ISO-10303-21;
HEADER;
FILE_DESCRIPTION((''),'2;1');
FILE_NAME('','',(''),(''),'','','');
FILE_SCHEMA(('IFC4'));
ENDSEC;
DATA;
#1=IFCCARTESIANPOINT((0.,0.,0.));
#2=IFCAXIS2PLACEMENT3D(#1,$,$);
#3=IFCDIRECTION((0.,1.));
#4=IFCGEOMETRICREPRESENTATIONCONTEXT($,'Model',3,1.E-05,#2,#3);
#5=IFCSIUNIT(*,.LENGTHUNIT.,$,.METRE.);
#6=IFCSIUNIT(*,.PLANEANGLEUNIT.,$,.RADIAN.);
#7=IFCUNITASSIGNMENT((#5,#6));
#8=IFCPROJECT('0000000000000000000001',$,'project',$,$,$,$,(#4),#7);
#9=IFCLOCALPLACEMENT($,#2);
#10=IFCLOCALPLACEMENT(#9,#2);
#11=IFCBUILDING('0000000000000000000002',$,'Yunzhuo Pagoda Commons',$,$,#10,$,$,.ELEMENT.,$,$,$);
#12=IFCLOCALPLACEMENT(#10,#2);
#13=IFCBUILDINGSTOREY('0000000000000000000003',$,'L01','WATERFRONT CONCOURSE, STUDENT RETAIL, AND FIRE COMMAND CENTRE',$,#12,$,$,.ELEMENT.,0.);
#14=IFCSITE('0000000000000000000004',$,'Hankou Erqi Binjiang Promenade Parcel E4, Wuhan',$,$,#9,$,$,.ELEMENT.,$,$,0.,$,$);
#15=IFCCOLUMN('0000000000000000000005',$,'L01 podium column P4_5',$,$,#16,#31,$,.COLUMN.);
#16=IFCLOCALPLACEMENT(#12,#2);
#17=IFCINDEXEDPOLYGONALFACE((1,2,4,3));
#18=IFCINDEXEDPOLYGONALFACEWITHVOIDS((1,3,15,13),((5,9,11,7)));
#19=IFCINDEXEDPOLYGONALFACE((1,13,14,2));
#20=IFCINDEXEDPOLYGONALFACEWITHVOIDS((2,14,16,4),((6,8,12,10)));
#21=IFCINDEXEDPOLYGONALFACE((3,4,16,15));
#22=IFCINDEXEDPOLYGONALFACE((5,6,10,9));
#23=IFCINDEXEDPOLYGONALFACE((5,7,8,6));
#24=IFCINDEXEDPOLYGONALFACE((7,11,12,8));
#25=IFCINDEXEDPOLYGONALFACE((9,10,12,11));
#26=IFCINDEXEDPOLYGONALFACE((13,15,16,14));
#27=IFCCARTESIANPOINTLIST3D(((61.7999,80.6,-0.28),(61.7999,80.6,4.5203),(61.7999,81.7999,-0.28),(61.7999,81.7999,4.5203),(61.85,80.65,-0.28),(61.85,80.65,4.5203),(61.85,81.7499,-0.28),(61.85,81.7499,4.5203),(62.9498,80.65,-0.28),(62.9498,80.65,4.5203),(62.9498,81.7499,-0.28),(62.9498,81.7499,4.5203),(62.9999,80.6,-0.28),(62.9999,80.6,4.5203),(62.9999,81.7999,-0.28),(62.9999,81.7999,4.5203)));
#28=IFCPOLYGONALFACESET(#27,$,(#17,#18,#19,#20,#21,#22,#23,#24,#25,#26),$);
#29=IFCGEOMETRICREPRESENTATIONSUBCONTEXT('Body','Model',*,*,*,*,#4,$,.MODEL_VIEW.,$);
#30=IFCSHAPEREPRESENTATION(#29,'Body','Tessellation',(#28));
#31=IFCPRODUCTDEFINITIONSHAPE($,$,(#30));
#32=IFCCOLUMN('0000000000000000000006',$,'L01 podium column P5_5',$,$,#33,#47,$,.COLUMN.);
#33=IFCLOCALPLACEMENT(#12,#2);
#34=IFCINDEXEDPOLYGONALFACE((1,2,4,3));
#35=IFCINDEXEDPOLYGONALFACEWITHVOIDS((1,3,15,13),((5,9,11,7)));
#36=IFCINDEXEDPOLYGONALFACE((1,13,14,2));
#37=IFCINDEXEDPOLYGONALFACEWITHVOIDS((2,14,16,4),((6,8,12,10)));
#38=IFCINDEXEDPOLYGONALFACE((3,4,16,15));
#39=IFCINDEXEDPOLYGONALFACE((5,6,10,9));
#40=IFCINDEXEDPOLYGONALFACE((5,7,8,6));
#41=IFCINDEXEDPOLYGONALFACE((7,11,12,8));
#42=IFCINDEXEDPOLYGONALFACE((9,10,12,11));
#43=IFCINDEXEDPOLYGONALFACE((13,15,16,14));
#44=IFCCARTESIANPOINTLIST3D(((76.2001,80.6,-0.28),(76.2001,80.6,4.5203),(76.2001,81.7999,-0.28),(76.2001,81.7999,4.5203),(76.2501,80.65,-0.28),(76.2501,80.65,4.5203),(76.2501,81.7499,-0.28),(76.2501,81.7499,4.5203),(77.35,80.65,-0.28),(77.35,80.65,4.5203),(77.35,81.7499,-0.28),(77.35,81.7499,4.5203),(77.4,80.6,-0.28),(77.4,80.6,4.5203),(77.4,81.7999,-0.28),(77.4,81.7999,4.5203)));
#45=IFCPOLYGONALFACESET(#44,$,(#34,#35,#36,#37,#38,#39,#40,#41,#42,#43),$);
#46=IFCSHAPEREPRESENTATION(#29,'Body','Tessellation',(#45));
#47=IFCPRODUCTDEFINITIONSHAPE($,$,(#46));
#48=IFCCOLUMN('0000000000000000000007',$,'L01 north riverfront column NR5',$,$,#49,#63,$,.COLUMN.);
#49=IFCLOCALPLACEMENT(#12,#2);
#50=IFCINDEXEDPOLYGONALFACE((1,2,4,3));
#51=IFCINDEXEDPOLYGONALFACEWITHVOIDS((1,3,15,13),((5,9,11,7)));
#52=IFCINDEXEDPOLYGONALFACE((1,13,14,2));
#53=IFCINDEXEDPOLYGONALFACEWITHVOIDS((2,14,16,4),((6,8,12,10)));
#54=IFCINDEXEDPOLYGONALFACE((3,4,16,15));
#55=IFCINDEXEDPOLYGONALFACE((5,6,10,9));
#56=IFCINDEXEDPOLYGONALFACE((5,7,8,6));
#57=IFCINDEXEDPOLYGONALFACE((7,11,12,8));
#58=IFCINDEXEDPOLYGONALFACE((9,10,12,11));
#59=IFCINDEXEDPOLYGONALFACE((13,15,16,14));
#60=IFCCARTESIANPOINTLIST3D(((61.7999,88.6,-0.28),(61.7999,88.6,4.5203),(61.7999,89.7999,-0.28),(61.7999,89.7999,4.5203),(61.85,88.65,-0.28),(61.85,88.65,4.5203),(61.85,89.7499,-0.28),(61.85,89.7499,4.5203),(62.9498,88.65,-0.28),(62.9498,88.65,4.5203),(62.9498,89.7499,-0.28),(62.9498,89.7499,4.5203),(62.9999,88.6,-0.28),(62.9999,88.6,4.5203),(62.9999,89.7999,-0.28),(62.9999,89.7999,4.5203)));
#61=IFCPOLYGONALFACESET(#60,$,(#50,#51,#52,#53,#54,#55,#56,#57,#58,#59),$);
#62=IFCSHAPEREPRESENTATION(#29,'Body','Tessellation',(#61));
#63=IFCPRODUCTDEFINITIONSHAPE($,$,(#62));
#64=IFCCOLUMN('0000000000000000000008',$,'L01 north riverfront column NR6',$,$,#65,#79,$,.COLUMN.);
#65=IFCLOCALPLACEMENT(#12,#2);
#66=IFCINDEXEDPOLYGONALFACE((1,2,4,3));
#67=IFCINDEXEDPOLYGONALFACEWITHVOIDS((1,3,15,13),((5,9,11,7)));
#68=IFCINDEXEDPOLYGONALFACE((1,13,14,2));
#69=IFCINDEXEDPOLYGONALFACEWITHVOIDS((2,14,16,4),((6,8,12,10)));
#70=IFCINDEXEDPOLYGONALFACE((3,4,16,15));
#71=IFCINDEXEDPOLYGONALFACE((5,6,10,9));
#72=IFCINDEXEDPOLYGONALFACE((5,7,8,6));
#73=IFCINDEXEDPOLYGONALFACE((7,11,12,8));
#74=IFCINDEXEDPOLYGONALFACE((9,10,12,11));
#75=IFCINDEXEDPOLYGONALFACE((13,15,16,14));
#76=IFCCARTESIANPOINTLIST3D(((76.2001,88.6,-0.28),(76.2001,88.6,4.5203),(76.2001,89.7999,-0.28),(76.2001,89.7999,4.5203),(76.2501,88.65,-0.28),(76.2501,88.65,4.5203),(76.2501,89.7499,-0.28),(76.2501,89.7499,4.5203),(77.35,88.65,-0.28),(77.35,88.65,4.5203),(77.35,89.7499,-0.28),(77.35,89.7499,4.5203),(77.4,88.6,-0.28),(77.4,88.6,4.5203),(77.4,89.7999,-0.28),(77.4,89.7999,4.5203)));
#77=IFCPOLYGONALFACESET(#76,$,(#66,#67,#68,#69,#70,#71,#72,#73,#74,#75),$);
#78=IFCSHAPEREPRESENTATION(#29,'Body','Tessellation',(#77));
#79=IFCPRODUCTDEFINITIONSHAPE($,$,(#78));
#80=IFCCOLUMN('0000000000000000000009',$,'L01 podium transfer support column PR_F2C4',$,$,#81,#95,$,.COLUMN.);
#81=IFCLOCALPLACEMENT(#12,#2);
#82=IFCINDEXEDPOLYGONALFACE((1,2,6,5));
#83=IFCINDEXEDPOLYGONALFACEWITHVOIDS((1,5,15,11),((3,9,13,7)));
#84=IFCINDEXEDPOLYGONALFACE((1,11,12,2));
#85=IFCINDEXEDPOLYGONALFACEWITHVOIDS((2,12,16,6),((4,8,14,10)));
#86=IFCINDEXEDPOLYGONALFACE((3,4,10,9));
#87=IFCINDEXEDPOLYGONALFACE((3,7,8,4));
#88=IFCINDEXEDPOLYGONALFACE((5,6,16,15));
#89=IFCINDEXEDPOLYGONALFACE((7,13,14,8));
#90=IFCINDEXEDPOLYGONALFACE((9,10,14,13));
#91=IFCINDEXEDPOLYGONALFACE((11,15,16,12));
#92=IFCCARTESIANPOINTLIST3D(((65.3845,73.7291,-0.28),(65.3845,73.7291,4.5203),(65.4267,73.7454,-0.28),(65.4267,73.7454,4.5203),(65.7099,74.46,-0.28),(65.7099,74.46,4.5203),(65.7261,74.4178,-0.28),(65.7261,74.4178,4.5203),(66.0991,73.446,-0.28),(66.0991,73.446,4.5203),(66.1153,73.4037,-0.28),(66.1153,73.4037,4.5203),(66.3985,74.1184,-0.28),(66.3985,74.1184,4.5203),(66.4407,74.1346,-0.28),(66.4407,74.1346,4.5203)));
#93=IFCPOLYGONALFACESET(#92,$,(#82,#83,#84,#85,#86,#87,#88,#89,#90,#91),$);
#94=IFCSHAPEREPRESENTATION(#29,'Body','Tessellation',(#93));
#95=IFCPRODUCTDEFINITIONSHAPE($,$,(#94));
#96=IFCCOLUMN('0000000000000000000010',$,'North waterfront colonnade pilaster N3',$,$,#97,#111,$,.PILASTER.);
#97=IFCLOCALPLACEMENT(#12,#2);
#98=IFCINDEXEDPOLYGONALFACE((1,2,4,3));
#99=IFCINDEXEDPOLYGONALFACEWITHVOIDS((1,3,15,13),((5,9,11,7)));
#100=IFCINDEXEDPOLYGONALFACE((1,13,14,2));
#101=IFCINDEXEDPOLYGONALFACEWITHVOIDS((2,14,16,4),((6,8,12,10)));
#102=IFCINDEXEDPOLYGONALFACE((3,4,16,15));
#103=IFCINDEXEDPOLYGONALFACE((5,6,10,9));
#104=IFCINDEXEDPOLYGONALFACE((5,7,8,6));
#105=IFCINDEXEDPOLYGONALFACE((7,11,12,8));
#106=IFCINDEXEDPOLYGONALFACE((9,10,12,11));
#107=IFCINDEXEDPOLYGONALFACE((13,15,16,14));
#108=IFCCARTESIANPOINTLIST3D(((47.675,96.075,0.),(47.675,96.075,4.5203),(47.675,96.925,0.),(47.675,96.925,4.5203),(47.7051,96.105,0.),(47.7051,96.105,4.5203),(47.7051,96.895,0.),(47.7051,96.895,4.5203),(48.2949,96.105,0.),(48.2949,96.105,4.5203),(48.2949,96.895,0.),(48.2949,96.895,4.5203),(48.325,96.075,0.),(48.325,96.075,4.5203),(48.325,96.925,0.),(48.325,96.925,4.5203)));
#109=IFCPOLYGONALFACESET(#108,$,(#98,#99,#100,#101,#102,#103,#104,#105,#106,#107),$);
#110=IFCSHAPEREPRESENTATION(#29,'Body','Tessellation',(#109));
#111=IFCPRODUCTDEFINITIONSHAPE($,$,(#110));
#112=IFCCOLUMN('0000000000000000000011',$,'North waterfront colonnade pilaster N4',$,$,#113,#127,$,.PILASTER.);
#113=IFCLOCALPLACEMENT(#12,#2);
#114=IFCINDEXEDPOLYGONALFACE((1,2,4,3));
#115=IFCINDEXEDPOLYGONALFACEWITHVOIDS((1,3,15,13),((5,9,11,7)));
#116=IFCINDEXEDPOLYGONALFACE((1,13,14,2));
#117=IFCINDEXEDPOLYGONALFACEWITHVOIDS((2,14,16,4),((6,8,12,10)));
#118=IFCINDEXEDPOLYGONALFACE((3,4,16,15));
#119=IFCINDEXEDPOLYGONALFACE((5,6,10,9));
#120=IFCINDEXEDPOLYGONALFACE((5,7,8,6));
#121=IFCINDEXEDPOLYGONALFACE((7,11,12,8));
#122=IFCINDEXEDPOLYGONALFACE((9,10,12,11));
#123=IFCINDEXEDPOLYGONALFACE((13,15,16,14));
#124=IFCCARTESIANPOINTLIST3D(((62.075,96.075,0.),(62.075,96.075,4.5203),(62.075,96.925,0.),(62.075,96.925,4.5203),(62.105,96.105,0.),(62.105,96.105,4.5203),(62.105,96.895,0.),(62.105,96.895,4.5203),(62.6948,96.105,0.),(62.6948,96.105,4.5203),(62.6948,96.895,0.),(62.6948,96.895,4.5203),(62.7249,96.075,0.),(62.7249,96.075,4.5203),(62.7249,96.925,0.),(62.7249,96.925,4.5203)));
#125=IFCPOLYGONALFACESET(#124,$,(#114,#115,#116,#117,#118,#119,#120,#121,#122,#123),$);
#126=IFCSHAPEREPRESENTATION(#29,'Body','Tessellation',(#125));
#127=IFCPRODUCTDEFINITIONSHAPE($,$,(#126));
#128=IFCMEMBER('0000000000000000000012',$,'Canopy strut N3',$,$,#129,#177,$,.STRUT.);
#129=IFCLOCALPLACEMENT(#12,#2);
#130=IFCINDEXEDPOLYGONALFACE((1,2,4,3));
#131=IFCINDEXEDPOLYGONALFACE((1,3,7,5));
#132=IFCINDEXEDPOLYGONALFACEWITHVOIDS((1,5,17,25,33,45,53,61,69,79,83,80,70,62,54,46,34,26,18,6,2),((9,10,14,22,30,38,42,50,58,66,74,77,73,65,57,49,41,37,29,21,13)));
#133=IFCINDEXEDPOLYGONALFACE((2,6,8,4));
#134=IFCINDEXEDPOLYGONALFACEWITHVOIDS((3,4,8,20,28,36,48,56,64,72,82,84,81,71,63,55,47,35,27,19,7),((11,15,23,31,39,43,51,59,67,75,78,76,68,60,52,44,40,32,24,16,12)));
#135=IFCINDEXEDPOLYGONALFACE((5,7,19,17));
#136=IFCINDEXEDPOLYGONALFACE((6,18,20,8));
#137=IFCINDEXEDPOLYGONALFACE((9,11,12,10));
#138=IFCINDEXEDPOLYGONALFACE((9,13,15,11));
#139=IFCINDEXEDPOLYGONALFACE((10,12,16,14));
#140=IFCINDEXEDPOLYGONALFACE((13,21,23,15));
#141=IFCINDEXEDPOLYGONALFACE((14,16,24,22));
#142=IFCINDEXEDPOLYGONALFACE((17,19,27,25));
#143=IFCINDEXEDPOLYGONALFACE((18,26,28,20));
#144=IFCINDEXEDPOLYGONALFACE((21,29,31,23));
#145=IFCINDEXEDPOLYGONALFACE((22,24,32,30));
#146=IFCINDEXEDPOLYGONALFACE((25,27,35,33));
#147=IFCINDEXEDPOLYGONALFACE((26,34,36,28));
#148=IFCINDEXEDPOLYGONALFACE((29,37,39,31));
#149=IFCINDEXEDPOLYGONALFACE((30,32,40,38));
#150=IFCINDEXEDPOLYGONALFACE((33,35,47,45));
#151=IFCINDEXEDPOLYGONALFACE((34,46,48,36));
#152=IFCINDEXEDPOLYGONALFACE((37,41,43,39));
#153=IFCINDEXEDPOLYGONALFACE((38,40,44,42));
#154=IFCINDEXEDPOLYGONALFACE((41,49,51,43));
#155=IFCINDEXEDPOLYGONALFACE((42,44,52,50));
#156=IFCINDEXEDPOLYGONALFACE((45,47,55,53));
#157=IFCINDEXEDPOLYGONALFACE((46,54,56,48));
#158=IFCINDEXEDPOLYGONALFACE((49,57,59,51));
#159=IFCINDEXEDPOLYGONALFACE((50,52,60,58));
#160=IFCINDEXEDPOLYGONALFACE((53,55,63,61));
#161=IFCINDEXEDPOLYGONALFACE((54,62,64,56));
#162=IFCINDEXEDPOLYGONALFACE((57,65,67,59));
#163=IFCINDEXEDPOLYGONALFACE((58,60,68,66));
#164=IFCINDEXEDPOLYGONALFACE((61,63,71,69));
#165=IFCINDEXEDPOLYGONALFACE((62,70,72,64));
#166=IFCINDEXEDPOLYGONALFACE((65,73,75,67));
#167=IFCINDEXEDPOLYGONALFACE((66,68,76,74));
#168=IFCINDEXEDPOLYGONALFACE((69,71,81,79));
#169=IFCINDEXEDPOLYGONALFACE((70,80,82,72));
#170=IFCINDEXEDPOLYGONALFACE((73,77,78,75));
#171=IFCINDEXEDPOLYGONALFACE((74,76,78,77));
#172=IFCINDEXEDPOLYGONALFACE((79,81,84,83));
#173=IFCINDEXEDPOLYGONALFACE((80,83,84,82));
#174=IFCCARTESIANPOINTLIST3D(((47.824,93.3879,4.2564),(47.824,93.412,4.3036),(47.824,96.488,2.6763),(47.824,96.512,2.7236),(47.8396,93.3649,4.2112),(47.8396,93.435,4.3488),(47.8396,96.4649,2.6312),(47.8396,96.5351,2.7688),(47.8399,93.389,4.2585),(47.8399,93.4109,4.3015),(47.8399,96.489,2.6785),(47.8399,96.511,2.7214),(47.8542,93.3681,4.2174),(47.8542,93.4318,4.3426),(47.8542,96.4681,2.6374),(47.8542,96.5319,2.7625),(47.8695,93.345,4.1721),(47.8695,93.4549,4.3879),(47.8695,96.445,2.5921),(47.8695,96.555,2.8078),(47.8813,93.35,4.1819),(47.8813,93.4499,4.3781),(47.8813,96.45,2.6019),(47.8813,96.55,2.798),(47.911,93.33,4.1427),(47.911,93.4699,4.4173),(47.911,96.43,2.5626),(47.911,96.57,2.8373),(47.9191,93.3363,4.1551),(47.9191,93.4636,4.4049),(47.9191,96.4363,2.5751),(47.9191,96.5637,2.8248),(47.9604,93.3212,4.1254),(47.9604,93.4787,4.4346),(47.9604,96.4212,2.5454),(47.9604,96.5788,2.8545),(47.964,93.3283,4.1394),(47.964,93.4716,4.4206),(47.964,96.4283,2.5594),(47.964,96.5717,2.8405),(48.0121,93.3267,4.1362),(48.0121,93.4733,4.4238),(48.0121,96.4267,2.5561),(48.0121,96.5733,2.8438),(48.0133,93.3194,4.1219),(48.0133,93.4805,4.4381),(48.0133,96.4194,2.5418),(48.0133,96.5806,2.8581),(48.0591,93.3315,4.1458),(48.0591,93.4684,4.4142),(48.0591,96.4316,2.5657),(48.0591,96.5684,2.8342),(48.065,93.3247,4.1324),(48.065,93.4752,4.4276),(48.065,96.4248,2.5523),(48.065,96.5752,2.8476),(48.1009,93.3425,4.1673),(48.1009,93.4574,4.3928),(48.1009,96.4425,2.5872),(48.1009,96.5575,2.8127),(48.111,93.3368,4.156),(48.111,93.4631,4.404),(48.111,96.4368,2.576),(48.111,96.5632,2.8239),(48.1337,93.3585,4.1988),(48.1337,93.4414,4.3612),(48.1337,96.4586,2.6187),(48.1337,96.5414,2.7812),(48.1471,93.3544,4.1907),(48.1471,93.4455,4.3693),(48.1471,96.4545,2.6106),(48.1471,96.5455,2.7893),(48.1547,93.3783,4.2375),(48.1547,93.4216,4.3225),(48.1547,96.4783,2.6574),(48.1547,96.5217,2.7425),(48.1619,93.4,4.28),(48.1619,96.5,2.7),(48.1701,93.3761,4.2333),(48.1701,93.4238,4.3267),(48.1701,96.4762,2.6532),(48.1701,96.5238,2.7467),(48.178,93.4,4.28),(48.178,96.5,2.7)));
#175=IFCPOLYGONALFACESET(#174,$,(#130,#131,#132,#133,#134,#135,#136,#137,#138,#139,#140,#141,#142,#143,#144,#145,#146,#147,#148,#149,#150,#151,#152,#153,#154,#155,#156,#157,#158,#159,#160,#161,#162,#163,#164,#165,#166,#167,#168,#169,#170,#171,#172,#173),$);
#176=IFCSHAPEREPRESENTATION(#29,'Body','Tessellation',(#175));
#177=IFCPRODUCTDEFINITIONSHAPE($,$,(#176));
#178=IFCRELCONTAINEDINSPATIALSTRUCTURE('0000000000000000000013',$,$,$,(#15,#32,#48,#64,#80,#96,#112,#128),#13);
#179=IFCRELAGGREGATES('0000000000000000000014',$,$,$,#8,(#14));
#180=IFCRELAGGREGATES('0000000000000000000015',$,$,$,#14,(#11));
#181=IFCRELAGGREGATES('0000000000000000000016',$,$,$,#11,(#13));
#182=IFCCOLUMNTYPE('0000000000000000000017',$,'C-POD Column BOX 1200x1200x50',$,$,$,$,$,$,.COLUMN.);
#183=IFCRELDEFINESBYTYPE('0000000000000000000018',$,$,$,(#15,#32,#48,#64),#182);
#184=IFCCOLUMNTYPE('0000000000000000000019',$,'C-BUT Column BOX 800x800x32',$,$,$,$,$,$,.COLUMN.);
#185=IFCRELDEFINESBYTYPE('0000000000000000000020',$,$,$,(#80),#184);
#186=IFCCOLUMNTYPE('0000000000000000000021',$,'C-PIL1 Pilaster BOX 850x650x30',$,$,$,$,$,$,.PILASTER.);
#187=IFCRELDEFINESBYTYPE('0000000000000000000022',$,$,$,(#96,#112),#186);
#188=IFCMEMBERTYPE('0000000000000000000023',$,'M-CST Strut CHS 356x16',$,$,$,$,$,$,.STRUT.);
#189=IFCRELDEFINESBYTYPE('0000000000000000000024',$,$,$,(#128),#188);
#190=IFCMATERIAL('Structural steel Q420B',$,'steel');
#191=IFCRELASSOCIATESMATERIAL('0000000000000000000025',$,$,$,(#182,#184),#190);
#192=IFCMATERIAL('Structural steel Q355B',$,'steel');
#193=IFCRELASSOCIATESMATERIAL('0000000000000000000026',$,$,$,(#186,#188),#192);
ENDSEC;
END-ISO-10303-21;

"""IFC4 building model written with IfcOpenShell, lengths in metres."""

from ifc_helpers import new_model, si_unit, direction, frame, origin, origin_2d, place, context, subcontext, project, spatial, hollow_rectangle, hollow_circle, extrude, source, transform, mapped, material, material_profile, profile_set, type_object, element, save


model = new_model("IFC4")

# Units and contexts
model_context = context("Model", 3, precision=1e-05, world=origin(), true_north=direction((0.0, 1.0)))
body_context = subcontext(model_context, "Body", "Model", "MODEL_VIEW")
ifc_project = project(units=[si_unit("LENGTHUNIT", "METRE"), si_unit("PLANEANGLEUNIT", "RADIAN")], contexts=[model_context])

# Site, building, storey
site_placement = place(None, origin())
site = spatial("IfcSite", under=ifc_project, at=site_placement, Name="Hankou Erqi Binjiang Promenade Parcel E4, Wuhan", CompositionType="ELEMENT", RefElevation=0.0)
building_placement = place(site_placement, origin())
building = spatial("IfcBuilding", under=site, at=building_placement, Name="Yunzhuo Pagoda Commons", CompositionType="ELEMENT")
storey_placement = place(building_placement, origin())
storey = spatial("IfcBuildingStorey", under=building, at=storey_placement, Name="L01", Description="WATERFRONT CONCOURSE, STUDENT RETAIL, AND FIRE COMMAND CENTRE", CompositionType="ELEMENT", Elevation=0.0)

# Columns
ifc_material_1 = material(Name="Structural steel Q420B", Category="steel")
ifc_material_profile_1 = material_profile(ifc_material_1, hollow_rectangle(XDim=1.2, YDim=1.2, WallThickness=0.05, at=origin_2d()), Name="Structural steel Q420B")
ifc_profile_set_1 = profile_set([ifc_material_profile_1], Name="Structural steel Q420B")
column_type_1 = type_object("IfcColumnType", Name="C-POD Column BOX 1200x1200x50", PredefinedType="COLUMN", material=ifc_profile_set_1)
shared_shape_1 = source(origin(), body_context, "Body", "SweptSolid", [
    extrude(hollow_rectangle(XDim=1.2, YDim=1.2, WallThickness=0.05, at=origin_2d()), origin(), (0.0, 0.0, 1.0), 4.8003),
])
for number, where, z_axis, x_axis, name in (
    (1, (62.3999, 81.2, -0.28), (0.0, 0.0, 1.0), (1.0, 0.0, 0.0), "L01 podium column P4_5"),
    (2, (76.8, 81.2, -0.28), (0.0, 0.0, 1.0), (1.0, 0.0, 0.0), "L01 podium column P5_5"),
    (3, (62.3999, 89.2, -0.28), (0.0, 0.0, 1.0), (1.0, 0.0, 0.0), "L01 north riverfront column NR5"),
    (4, (76.8, 89.2, -0.28), (0.0, 0.0, 1.0), (1.0, 0.0, 0.0), "L01 north riverfront column NR6"),
):
    element("IfcColumn", number, at=place(storey_placement, frame(where, z_axis=z_axis, x_axis=x_axis)), inside=storey, type_object=column_type_1, Name=name, PredefinedType="COLUMN", context=body_context, shape_type="MappedRepresentation", body=[
        mapped(shared_shape_1, transform((0.0, 0.0, 0.0), scale=1.0)),
    ])
ifc_material_profile_2 = material_profile(ifc_material_1, hollow_rectangle(XDim=0.8, YDim=0.8, WallThickness=0.032, at=origin_2d()), Name="Structural steel Q420B")
ifc_profile_set_2 = profile_set([ifc_material_profile_2], Name="Structural steel Q420B")
column_type_2 = type_object("IfcColumnType", Name="C-BUT Column BOX 800x800x32", PredefinedType="COLUMN", material=ifc_profile_set_2)
shared_shape_2 = source(origin(), body_context, "Body", "SweptSolid", [
    extrude(hollow_rectangle(XDim=0.8, YDim=0.8, WallThickness=0.032, at=origin_2d()), origin(), (0.0, 0.0, 1.0), 4.8003),
])
column_placement = place(storey_placement, frame((65.9126, 73.9319, -0.28), z_axis=(0.0, 0.0, 1.0), x_axis=(-0.913545, 0.406737, 0.0)))
element("IfcColumn", 5, at=column_placement, inside=storey, type_object=column_type_2, Name="L01 podium transfer support column PR_F2C4", PredefinedType="COLUMN", context=body_context, shape_type="MappedRepresentation", body=[
    mapped(shared_shape_2, transform((0.0, 0.0, 0.0), scale=1.0)),
])
ifc_material_2 = material(Name="Structural steel Q355B", Category="steel")
ifc_material_profile_3 = material_profile(ifc_material_2, hollow_rectangle(XDim=0.6499, YDim=0.8501, WallThickness=0.03, at=origin_2d()), Name="Structural steel Q355B")
ifc_profile_set_3 = profile_set([ifc_material_profile_3], Name="Structural steel Q355B")
column_type_3 = type_object("IfcColumnType", Name="C-PIL1 Pilaster BOX 850x650x30", PredefinedType="PILASTER", material=ifc_profile_set_3)
shared_shape_3 = source(origin(), body_context, "Body", "SweptSolid", [
    extrude(hollow_rectangle(XDim=0.6499, YDim=0.8501, WallThickness=0.03, at=origin_2d()), origin(), (0.0, 0.0, 1.0), 4.5203),
])
for number, where, z_axis, x_axis, name in (
    (6, (48.0, 96.5, 0.0), (0.0, 0.0, 1.0), (1.0, 0.0, 0.0), "North waterfront colonnade pilaster N3"),
    (7, (62.3999, 96.5, 0.0), (0.0, 0.0, 1.0), (1.0, 0.0, 0.0), "North waterfront colonnade pilaster N4"),
):
    element("IfcColumn", number, at=place(storey_placement, frame(where, z_axis=z_axis, x_axis=x_axis)), inside=storey, type_object=column_type_3, Name=name, PredefinedType="PILASTER", context=body_context, shape_type="MappedRepresentation", body=[
        mapped(shared_shape_3, transform((0.0, 0.0, 0.0), scale=1.0)),
    ])

# Member
ifc_material_profile_4 = material_profile(ifc_material_2, hollow_circle(Radius=0.178, WallThickness=0.0161, at=origin_2d()), Name="Structural steel Q355B")
ifc_profile_set_4 = profile_set([ifc_material_profile_4], Name="Structural steel Q355B")
member_type = type_object("IfcMemberType", Name="M-CST Strut CHS 356x16", PredefinedType="STRUT", material=ifc_profile_set_4)
shared_shape_4 = source(origin(), body_context, "Body", "SweptSolid", [
    extrude(hollow_circle(Radius=0.178, WallThickness=0.0161, at=origin_2d()), origin(), (0.0, 0.0, 1.0), 3.4795),
])
for number, where, z_axis, x_axis, name in (
    (8, (48.0, 96.5, 2.7), (0.0, -0.890948, 0.454104), (1.0, 0.0, 0.0), "Canopy strut N3"),
):
    element("IfcMember", number, at=place(storey_placement, frame(where, z_axis=z_axis, x_axis=x_axis)), inside=storey, type_object=member_type, Name=name, PredefinedType="STRUT", context=body_context, shape_type="MappedRepresentation", body=[
        mapped(shared_shape_4, transform((0.0, 0.0, 0.0), scale=1.0)),
    ])

save(model, "model.ifc")
